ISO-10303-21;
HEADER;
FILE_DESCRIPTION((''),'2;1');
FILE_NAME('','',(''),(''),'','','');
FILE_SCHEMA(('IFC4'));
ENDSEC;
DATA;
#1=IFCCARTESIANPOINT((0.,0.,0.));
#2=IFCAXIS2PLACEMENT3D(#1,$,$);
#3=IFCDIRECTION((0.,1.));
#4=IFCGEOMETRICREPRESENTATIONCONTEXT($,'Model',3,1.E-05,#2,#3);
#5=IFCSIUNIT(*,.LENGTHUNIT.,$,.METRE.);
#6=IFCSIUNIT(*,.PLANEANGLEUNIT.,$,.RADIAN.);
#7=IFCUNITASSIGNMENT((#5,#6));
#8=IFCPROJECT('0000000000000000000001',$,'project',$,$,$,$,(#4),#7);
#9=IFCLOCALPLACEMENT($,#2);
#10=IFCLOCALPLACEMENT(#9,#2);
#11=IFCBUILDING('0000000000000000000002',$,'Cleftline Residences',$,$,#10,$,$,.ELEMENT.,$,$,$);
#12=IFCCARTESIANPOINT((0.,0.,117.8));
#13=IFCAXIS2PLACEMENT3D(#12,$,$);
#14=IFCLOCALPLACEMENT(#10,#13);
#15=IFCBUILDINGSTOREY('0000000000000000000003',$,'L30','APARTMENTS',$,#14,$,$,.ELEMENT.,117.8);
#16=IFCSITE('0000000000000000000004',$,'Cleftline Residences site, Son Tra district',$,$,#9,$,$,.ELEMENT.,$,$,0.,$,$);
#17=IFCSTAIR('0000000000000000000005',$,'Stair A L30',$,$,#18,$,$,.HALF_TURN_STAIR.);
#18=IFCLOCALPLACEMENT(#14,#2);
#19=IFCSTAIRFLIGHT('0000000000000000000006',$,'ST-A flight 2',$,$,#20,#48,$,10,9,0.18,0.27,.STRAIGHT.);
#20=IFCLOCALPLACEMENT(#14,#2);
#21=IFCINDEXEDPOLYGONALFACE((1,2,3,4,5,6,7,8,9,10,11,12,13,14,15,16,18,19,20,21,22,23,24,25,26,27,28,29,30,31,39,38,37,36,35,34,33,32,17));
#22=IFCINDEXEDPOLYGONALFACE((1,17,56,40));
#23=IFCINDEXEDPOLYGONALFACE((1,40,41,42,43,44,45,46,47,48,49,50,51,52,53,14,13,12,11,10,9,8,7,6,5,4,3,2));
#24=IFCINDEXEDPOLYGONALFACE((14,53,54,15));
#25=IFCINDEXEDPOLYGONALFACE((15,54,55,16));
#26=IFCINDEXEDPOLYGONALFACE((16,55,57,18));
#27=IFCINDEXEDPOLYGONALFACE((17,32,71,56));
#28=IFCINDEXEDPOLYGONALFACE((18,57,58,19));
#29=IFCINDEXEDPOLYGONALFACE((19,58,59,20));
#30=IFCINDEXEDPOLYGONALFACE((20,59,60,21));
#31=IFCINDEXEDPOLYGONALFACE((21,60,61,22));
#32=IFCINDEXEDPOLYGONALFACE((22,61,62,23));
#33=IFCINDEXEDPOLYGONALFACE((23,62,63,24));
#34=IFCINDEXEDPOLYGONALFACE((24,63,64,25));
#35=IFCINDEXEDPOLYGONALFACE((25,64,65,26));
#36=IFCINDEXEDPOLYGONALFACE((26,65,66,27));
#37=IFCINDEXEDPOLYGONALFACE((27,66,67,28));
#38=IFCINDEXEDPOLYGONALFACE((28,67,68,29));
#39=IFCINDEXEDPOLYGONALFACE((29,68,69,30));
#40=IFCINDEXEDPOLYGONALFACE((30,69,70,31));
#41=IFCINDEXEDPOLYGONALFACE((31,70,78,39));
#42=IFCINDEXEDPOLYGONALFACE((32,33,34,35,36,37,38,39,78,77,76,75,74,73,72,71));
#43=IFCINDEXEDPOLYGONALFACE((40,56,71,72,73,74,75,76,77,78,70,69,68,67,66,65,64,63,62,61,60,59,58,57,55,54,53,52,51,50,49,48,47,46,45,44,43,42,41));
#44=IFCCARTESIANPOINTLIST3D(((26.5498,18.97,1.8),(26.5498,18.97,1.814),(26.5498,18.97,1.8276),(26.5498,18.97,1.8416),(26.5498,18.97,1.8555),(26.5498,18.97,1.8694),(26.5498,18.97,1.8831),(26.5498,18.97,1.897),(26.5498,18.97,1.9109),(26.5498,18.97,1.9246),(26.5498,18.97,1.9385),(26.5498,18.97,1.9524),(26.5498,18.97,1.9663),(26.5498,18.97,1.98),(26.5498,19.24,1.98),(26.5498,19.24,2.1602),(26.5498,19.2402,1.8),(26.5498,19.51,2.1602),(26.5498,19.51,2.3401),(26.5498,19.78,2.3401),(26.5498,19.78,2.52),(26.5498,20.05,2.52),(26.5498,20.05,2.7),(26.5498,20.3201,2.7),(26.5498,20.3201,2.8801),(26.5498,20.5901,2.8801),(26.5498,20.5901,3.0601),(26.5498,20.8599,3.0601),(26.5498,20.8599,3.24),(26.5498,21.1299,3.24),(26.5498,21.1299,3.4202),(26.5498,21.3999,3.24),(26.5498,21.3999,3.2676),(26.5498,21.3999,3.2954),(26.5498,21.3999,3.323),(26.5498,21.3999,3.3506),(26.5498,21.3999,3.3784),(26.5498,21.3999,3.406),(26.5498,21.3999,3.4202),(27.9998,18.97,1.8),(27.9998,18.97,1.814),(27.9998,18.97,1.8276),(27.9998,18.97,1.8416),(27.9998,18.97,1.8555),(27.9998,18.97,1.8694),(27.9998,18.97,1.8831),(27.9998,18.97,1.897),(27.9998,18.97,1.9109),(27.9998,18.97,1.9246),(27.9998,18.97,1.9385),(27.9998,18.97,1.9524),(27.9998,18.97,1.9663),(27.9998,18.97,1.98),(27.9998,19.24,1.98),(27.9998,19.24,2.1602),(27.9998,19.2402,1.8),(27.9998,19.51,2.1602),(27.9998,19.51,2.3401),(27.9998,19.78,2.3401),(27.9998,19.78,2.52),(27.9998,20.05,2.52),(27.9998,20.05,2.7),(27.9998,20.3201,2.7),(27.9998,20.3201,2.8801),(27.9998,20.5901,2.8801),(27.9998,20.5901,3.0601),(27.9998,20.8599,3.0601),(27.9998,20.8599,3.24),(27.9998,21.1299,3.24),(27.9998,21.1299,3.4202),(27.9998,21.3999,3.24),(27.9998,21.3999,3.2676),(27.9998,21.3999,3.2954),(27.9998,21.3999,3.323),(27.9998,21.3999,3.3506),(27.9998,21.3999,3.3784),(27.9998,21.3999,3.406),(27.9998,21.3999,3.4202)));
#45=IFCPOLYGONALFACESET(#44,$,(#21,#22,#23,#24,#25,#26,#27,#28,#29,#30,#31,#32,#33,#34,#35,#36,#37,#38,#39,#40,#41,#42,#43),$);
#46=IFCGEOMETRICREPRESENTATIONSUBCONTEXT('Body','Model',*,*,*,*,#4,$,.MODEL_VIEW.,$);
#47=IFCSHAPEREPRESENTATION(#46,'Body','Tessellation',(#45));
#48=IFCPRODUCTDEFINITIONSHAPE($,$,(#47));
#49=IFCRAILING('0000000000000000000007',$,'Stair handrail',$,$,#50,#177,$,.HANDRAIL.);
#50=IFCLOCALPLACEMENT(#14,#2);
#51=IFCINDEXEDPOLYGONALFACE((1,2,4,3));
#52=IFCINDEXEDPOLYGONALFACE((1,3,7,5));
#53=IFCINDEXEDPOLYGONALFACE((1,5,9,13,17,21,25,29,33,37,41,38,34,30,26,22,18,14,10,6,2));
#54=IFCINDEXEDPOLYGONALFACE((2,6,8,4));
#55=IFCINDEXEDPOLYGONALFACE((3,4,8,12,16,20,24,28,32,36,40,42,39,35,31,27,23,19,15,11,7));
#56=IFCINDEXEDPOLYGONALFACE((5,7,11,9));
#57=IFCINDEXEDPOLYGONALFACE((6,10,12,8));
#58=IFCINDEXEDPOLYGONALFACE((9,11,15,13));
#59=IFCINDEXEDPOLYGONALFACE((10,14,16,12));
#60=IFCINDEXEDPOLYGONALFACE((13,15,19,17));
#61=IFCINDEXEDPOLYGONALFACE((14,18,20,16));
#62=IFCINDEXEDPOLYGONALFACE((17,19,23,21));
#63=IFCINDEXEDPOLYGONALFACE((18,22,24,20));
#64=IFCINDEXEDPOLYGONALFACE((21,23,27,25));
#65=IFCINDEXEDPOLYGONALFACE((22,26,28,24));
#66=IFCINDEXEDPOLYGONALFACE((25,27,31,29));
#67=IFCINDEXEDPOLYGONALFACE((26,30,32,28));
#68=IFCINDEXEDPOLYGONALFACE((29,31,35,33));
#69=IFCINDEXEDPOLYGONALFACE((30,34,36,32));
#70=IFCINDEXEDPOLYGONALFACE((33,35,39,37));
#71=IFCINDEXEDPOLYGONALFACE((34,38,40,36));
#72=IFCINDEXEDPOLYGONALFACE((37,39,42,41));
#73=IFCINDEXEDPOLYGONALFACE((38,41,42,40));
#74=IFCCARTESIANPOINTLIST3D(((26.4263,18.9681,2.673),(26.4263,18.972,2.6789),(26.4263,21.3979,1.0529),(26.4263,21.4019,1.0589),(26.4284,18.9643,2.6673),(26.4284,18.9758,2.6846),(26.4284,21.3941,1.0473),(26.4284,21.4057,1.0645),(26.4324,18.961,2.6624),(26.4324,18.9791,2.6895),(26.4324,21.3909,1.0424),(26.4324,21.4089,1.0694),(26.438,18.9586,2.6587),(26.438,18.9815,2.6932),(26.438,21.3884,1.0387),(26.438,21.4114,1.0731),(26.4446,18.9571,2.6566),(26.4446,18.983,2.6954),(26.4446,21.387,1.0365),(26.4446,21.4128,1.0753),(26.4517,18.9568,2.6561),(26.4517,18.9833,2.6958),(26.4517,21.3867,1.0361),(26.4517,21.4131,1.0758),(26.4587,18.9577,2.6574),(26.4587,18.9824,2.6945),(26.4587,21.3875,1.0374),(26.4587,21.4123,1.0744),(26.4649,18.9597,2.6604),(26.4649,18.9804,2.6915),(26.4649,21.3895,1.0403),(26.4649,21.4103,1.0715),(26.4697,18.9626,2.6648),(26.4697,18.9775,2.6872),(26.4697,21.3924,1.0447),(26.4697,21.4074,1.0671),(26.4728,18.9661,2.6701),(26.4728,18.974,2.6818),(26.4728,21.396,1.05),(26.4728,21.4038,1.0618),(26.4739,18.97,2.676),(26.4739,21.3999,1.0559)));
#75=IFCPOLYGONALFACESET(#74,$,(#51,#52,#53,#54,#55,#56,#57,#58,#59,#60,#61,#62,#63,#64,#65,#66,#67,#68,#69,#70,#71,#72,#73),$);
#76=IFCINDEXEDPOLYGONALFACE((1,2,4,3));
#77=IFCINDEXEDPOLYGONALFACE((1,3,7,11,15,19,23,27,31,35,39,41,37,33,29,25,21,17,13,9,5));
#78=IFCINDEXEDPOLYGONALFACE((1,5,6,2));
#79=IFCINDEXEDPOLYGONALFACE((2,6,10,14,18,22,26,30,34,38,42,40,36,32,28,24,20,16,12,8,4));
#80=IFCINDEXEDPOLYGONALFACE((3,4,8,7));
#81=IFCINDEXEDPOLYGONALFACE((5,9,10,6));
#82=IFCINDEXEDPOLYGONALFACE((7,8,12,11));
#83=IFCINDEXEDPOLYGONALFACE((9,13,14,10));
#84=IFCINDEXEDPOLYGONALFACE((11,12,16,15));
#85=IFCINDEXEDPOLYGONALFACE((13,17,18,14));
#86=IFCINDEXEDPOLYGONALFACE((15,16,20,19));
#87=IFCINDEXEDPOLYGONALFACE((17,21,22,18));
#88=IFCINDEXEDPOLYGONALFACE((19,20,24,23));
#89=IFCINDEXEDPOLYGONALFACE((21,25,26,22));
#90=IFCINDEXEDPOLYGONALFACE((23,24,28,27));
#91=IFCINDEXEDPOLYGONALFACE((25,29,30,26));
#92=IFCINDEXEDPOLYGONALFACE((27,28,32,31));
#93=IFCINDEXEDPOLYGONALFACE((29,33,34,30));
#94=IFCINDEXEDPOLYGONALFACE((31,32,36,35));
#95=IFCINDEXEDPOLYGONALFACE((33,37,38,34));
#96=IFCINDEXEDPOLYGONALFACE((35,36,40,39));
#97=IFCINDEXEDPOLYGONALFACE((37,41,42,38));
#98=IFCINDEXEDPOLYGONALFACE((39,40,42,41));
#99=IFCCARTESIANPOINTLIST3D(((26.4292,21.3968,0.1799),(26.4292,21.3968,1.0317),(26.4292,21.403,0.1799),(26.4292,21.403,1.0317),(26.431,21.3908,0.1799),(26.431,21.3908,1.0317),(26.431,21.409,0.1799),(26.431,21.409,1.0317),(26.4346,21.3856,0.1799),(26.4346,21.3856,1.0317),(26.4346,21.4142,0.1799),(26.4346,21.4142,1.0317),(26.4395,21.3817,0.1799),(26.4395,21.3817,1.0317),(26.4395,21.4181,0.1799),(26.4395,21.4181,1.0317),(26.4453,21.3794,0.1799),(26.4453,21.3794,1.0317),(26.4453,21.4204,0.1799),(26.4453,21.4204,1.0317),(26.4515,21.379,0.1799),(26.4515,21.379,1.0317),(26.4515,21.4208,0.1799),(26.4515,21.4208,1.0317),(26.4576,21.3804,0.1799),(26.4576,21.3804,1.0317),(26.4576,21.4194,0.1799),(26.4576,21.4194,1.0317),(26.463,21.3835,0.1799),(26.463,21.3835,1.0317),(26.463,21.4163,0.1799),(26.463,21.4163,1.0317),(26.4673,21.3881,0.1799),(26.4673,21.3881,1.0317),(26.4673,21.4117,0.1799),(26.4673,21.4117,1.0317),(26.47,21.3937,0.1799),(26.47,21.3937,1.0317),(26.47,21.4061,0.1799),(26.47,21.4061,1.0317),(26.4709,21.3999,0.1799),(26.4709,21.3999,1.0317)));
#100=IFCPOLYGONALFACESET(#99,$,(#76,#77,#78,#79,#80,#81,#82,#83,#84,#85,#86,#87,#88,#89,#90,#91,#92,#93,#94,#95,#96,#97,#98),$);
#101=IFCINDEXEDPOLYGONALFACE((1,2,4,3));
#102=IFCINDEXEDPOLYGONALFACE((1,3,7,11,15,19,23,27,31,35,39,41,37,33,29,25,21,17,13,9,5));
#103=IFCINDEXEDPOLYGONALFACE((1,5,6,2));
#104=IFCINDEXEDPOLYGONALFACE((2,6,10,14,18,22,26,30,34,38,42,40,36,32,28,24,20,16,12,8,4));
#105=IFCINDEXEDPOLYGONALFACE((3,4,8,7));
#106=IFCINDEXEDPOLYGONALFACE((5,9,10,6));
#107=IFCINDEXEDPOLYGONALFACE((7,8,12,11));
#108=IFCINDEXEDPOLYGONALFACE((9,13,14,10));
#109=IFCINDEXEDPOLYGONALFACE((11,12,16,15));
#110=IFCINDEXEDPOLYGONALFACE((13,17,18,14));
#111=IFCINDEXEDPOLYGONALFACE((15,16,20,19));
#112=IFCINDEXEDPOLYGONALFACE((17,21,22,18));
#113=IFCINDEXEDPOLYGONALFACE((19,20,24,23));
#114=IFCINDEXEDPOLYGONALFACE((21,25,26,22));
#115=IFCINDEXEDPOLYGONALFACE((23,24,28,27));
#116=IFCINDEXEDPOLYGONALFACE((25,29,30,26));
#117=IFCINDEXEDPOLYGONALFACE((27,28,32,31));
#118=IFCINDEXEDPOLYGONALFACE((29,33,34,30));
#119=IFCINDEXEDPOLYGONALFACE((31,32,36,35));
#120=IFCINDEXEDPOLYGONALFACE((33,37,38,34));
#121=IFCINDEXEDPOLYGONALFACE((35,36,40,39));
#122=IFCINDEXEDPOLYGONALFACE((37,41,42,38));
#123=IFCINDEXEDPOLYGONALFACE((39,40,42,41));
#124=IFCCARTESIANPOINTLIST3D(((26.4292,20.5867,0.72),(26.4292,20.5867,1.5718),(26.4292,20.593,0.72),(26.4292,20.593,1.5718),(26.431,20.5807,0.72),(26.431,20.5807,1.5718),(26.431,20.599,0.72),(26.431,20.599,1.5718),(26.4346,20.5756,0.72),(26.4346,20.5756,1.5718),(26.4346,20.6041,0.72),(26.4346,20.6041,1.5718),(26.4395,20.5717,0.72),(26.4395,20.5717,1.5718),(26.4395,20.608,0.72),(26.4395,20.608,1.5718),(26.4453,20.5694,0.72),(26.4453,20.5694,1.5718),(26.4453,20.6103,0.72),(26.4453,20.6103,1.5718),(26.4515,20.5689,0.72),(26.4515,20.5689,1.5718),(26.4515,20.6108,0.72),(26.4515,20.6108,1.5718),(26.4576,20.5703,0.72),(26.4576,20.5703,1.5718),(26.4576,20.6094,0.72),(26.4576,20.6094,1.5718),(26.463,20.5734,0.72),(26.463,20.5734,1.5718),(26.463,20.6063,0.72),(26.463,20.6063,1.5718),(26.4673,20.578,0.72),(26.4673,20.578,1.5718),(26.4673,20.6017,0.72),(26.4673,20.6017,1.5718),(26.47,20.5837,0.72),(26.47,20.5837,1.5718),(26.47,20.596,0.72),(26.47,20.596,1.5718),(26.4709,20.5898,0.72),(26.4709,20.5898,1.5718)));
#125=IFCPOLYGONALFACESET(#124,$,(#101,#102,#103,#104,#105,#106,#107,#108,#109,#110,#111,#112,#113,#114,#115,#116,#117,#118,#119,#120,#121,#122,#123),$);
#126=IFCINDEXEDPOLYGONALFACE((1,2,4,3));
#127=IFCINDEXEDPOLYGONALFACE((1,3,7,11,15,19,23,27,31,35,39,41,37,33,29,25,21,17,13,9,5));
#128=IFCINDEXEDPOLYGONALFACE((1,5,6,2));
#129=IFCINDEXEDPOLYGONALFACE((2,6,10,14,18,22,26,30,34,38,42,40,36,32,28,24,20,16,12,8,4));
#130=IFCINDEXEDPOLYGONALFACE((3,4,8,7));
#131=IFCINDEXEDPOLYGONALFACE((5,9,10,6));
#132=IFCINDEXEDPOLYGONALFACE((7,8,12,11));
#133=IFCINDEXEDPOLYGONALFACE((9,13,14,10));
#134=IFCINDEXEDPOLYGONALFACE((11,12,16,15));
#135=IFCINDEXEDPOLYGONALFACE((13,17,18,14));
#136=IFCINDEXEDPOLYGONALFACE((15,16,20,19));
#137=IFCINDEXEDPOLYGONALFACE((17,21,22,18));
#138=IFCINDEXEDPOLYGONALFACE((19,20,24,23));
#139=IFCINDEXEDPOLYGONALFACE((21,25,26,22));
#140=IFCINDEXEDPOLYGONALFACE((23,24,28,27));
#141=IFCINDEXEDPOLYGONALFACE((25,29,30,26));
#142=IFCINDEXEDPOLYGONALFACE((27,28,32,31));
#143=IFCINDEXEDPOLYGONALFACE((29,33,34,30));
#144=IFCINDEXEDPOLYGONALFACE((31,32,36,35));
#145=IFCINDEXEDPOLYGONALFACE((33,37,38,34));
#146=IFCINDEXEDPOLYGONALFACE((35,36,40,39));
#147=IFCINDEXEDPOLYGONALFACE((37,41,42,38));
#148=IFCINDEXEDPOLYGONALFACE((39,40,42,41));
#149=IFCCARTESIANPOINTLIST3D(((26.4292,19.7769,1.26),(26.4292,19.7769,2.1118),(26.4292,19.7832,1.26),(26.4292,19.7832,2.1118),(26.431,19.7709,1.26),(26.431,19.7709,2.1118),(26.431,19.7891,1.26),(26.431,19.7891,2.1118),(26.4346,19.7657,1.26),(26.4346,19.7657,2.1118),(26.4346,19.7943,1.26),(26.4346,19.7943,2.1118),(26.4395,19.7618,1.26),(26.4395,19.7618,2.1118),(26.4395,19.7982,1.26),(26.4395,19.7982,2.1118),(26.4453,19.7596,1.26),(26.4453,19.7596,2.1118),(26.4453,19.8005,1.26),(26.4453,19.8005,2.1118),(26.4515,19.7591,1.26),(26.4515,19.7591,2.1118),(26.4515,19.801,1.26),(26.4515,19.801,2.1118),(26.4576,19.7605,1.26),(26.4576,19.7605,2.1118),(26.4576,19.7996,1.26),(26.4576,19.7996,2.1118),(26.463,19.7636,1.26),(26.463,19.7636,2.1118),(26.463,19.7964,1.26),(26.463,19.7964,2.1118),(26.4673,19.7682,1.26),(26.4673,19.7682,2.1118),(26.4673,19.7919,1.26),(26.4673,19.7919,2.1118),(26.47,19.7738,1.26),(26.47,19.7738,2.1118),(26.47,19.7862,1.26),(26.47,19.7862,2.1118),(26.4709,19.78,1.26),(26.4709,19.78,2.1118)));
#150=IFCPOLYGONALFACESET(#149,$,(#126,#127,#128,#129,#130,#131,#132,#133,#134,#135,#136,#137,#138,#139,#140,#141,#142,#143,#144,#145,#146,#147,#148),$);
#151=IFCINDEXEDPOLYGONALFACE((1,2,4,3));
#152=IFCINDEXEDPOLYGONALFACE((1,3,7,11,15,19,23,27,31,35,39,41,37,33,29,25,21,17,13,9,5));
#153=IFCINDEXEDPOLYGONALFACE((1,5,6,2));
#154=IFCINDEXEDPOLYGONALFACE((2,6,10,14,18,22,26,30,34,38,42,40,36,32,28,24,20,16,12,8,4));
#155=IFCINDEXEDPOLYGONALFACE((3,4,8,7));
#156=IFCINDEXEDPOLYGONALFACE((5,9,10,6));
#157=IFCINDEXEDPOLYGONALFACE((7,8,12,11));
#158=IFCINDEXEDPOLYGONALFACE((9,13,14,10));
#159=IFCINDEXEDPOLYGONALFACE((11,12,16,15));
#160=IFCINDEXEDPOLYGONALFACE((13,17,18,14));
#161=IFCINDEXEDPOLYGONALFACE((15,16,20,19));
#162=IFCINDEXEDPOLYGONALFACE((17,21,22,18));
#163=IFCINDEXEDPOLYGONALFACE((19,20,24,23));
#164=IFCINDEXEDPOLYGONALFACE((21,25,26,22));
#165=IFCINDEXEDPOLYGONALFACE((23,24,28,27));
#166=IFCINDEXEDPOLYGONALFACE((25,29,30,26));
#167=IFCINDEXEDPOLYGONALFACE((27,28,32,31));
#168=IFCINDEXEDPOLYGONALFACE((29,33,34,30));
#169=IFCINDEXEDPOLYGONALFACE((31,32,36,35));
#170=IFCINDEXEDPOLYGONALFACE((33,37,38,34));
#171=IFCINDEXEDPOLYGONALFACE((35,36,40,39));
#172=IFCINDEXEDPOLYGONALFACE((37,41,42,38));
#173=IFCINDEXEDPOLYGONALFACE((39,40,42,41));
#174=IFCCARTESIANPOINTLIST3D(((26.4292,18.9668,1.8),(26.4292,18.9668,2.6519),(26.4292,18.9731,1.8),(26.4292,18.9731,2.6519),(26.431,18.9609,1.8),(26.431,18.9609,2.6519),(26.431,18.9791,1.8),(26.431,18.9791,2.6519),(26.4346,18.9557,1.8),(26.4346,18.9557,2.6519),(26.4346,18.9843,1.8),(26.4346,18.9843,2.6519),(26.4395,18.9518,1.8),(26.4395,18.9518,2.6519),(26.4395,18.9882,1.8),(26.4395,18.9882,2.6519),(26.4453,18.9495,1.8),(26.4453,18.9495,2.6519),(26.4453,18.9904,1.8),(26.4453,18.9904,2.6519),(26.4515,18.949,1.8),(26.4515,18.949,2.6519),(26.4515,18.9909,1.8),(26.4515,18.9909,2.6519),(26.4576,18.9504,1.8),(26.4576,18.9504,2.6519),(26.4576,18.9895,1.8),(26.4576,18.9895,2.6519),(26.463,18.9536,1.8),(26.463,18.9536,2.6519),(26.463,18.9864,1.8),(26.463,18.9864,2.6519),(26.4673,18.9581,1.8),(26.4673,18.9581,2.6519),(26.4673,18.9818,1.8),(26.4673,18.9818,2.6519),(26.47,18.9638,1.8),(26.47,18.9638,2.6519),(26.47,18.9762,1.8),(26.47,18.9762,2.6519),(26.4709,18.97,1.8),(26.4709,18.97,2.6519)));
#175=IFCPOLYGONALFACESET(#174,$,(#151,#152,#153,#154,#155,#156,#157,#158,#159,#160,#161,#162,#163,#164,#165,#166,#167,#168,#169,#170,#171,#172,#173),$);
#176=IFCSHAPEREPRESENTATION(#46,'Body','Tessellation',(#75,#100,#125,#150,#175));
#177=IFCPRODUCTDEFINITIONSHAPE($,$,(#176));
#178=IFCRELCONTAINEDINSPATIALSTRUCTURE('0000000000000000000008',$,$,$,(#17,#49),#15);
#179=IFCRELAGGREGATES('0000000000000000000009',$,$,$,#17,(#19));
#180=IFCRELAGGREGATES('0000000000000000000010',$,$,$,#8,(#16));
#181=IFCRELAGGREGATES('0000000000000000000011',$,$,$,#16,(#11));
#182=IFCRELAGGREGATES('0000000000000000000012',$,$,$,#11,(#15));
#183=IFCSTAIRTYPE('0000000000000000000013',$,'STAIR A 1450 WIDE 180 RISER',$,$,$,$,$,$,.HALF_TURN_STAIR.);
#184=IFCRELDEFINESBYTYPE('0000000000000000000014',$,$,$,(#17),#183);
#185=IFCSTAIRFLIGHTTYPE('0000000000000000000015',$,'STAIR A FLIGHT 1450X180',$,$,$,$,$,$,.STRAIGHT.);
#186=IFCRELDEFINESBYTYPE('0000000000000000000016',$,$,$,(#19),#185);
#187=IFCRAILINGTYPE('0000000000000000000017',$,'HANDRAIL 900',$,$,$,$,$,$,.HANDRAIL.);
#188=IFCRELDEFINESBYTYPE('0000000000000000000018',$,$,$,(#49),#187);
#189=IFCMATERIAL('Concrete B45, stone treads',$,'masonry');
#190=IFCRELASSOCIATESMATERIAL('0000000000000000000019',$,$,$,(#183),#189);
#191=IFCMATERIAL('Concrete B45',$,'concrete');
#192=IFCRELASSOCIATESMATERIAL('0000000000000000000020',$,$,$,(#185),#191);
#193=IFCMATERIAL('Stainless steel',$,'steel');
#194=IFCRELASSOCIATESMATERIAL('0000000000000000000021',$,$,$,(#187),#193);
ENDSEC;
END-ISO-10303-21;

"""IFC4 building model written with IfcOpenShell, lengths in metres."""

from ifc_helpers import new_model, si_unit, direction, frame, origin, origin_2d, place, context, subcontext, project, spatial, polyline, circle, outline, extrude, material, type_object, element, aggregate, save


model = new_model("IFC4")

# Units and contexts
model_context = context("Model", 3, precision=1e-05, world=origin(), true_north=direction((0.0, 1.0)))
body_context = subcontext(model_context, "Body", "Model", "MODEL_VIEW")
ifc_project = project(units=[si_unit("LENGTHUNIT", "METRE"), si_unit("PLANEANGLEUNIT", "RADIAN")], contexts=[model_context])

# Site, building, storey
site_placement = place(None, origin())
site = spatial("IfcSite", under=ifc_project, at=site_placement, Name="Cleftline Residences site, Son Tra district", CompositionType="ELEMENT", RefElevation=0.0)
building_placement = place(site_placement, origin())
building = spatial("IfcBuilding", under=site, at=building_placement, Name="Cleftline Residences", CompositionType="ELEMENT")
storey_placement = place(building_placement, frame((0.0, 0.0, 117.8)))
storey = spatial("IfcBuildingStorey", under=building, at=storey_placement, Name="L30", Description="APARTMENTS", CompositionType="ELEMENT", Elevation=117.8)

# Stair, stair flight
ifc_material_1 = material(Name="Concrete B45, stone treads", Category="masonry")
stair_type = type_object("IfcStairType", Name="STAIR A 1450 WIDE 180 RISER", PredefinedType="HALF_TURN_STAIR", material=ifc_material_1)
stair_placement = place(storey_placement, origin())
stair = element("IfcStair", 1, at=stair_placement, inside=storey, type_object=stair_type, Name="Stair A L30", PredefinedType="HALF_TURN_STAIR")
ifc_material_2 = material(Name="Concrete B45", Category="concrete")
stair_flight_type = type_object("IfcStairFlightType", Name="STAIR A FLIGHT 1450X180", PredefinedType="STRAIGHT", material=ifc_material_2)
stair_flight_1_placement = place(storey_placement, frame((27.2749, 18.97, 1.8), z_axis=(0.0, 0.0, 1.0), x_axis=(0.0, 1.0, 0.0)))
stair_flight_1 = element("IfcStairFlight", 2, at=stair_flight_1_placement, type_object=stair_flight_type, Name="ST-A flight 2", NumberOfRisers=10, NumberOfTreads=9, PredefinedType="STRAIGHT", RiserHeight=0.18, TreadLength=0.27, context=body_context, shape_type="SweptSolid", body=[
    extrude(outline(polyline([(0.0, 0.0), (0.0, 0.0139), (0.0, 0.0276), (0.0, 0.0415), (0.0, 0.0554), (0.0, 0.0693), (0.0, 0.083), (0.0, 0.0969), (0.0, 0.1108), (0.0, 0.1245), (0.0, 0.1384), (0.0, 0.1523), (0.0, 0.1663), (0.0, 0.1799), (0.27, 0.1799), (0.27, 0.3601), (0.54, 0.3601), (0.54, 0.54), (0.8101, 0.54), (0.8101, 0.72), (1.0801, 0.72), (1.0801, 0.8999), (1.3501, 0.8999), (1.3501, 1.0801), (1.6201, 1.0801), (1.6201, 1.26), (1.8899, 1.26), (1.8899, 1.4399), (2.1599, 1.4399), (2.1599, 1.6201), (2.4299, 1.6201), (2.4299, 1.8), (2.4299, 1.7722), (2.4299, 1.7446), (2.4299, 1.7168), (2.4299, 1.6892), (2.4299, 1.6614), (2.4299, 1.6338), (2.4299, 1.606), (2.4299, 1.5784), (2.4299, 1.5505), (2.4299, 1.5229), (2.4299, 1.4954), (2.4299, 1.4675), (2.4299, 1.4399), (0.2703, 0.0), (0.0, 0.0)])), frame((0.0, 0.7251, 0.0), z_axis=(0.0, -1.0, 0.0), x_axis=(1.0, 0.0, 0.0)), (0.0, 0.0, 1.0), 1.45),
])
aggregate(stair, [stair_flight_1])

# Railing
ifc_material_3 = material(Name="Stainless steel", Category="steel")
railing_type = type_object("IfcRailingType", Name="HANDRAIL 900", PredefinedType="HANDRAIL", material=ifc_material_3)
railing_1_placement = place(storey_placement, frame((26.45, 21.3999, 0.1799)))
element("IfcRailing", 3, at=railing_1_placement, inside=storey, type_object=railing_type, Name="Stair handrail", PredefinedType="HANDRAIL", context=body_context, shape_type="SweptSolid", body=[
    extrude(circle(Radius=0.0239, at=origin_2d()), frame((0.0, 0.0, 0.876), z_axis=(0.0, -0.832025, 0.554739), x_axis=(1.0, 0.0, 0.0)), (0.0, 0.0, 1.0), 2.9204),
    extrude(circle(Radius=0.021, at=origin_2d()), origin(), (0.0, 0.0, 1.0), 0.8518),
    extrude(circle(Radius=0.021, at=origin_2d()), frame((0.0, -0.8101, 0.54)), (0.0, 0.0, 1.0), 0.8518),
    extrude(circle(Radius=0.021, at=origin_2d()), frame((0.0, -1.6199, 1.0801)), (0.0, 0.0, 1.0), 0.8518),
    extrude(circle(Radius=0.021, at=origin_2d()), frame((0.0, -2.4299, 1.6201)), (0.0, 0.0, 1.0), 0.8518),
])

save(model, "model.ifc")
